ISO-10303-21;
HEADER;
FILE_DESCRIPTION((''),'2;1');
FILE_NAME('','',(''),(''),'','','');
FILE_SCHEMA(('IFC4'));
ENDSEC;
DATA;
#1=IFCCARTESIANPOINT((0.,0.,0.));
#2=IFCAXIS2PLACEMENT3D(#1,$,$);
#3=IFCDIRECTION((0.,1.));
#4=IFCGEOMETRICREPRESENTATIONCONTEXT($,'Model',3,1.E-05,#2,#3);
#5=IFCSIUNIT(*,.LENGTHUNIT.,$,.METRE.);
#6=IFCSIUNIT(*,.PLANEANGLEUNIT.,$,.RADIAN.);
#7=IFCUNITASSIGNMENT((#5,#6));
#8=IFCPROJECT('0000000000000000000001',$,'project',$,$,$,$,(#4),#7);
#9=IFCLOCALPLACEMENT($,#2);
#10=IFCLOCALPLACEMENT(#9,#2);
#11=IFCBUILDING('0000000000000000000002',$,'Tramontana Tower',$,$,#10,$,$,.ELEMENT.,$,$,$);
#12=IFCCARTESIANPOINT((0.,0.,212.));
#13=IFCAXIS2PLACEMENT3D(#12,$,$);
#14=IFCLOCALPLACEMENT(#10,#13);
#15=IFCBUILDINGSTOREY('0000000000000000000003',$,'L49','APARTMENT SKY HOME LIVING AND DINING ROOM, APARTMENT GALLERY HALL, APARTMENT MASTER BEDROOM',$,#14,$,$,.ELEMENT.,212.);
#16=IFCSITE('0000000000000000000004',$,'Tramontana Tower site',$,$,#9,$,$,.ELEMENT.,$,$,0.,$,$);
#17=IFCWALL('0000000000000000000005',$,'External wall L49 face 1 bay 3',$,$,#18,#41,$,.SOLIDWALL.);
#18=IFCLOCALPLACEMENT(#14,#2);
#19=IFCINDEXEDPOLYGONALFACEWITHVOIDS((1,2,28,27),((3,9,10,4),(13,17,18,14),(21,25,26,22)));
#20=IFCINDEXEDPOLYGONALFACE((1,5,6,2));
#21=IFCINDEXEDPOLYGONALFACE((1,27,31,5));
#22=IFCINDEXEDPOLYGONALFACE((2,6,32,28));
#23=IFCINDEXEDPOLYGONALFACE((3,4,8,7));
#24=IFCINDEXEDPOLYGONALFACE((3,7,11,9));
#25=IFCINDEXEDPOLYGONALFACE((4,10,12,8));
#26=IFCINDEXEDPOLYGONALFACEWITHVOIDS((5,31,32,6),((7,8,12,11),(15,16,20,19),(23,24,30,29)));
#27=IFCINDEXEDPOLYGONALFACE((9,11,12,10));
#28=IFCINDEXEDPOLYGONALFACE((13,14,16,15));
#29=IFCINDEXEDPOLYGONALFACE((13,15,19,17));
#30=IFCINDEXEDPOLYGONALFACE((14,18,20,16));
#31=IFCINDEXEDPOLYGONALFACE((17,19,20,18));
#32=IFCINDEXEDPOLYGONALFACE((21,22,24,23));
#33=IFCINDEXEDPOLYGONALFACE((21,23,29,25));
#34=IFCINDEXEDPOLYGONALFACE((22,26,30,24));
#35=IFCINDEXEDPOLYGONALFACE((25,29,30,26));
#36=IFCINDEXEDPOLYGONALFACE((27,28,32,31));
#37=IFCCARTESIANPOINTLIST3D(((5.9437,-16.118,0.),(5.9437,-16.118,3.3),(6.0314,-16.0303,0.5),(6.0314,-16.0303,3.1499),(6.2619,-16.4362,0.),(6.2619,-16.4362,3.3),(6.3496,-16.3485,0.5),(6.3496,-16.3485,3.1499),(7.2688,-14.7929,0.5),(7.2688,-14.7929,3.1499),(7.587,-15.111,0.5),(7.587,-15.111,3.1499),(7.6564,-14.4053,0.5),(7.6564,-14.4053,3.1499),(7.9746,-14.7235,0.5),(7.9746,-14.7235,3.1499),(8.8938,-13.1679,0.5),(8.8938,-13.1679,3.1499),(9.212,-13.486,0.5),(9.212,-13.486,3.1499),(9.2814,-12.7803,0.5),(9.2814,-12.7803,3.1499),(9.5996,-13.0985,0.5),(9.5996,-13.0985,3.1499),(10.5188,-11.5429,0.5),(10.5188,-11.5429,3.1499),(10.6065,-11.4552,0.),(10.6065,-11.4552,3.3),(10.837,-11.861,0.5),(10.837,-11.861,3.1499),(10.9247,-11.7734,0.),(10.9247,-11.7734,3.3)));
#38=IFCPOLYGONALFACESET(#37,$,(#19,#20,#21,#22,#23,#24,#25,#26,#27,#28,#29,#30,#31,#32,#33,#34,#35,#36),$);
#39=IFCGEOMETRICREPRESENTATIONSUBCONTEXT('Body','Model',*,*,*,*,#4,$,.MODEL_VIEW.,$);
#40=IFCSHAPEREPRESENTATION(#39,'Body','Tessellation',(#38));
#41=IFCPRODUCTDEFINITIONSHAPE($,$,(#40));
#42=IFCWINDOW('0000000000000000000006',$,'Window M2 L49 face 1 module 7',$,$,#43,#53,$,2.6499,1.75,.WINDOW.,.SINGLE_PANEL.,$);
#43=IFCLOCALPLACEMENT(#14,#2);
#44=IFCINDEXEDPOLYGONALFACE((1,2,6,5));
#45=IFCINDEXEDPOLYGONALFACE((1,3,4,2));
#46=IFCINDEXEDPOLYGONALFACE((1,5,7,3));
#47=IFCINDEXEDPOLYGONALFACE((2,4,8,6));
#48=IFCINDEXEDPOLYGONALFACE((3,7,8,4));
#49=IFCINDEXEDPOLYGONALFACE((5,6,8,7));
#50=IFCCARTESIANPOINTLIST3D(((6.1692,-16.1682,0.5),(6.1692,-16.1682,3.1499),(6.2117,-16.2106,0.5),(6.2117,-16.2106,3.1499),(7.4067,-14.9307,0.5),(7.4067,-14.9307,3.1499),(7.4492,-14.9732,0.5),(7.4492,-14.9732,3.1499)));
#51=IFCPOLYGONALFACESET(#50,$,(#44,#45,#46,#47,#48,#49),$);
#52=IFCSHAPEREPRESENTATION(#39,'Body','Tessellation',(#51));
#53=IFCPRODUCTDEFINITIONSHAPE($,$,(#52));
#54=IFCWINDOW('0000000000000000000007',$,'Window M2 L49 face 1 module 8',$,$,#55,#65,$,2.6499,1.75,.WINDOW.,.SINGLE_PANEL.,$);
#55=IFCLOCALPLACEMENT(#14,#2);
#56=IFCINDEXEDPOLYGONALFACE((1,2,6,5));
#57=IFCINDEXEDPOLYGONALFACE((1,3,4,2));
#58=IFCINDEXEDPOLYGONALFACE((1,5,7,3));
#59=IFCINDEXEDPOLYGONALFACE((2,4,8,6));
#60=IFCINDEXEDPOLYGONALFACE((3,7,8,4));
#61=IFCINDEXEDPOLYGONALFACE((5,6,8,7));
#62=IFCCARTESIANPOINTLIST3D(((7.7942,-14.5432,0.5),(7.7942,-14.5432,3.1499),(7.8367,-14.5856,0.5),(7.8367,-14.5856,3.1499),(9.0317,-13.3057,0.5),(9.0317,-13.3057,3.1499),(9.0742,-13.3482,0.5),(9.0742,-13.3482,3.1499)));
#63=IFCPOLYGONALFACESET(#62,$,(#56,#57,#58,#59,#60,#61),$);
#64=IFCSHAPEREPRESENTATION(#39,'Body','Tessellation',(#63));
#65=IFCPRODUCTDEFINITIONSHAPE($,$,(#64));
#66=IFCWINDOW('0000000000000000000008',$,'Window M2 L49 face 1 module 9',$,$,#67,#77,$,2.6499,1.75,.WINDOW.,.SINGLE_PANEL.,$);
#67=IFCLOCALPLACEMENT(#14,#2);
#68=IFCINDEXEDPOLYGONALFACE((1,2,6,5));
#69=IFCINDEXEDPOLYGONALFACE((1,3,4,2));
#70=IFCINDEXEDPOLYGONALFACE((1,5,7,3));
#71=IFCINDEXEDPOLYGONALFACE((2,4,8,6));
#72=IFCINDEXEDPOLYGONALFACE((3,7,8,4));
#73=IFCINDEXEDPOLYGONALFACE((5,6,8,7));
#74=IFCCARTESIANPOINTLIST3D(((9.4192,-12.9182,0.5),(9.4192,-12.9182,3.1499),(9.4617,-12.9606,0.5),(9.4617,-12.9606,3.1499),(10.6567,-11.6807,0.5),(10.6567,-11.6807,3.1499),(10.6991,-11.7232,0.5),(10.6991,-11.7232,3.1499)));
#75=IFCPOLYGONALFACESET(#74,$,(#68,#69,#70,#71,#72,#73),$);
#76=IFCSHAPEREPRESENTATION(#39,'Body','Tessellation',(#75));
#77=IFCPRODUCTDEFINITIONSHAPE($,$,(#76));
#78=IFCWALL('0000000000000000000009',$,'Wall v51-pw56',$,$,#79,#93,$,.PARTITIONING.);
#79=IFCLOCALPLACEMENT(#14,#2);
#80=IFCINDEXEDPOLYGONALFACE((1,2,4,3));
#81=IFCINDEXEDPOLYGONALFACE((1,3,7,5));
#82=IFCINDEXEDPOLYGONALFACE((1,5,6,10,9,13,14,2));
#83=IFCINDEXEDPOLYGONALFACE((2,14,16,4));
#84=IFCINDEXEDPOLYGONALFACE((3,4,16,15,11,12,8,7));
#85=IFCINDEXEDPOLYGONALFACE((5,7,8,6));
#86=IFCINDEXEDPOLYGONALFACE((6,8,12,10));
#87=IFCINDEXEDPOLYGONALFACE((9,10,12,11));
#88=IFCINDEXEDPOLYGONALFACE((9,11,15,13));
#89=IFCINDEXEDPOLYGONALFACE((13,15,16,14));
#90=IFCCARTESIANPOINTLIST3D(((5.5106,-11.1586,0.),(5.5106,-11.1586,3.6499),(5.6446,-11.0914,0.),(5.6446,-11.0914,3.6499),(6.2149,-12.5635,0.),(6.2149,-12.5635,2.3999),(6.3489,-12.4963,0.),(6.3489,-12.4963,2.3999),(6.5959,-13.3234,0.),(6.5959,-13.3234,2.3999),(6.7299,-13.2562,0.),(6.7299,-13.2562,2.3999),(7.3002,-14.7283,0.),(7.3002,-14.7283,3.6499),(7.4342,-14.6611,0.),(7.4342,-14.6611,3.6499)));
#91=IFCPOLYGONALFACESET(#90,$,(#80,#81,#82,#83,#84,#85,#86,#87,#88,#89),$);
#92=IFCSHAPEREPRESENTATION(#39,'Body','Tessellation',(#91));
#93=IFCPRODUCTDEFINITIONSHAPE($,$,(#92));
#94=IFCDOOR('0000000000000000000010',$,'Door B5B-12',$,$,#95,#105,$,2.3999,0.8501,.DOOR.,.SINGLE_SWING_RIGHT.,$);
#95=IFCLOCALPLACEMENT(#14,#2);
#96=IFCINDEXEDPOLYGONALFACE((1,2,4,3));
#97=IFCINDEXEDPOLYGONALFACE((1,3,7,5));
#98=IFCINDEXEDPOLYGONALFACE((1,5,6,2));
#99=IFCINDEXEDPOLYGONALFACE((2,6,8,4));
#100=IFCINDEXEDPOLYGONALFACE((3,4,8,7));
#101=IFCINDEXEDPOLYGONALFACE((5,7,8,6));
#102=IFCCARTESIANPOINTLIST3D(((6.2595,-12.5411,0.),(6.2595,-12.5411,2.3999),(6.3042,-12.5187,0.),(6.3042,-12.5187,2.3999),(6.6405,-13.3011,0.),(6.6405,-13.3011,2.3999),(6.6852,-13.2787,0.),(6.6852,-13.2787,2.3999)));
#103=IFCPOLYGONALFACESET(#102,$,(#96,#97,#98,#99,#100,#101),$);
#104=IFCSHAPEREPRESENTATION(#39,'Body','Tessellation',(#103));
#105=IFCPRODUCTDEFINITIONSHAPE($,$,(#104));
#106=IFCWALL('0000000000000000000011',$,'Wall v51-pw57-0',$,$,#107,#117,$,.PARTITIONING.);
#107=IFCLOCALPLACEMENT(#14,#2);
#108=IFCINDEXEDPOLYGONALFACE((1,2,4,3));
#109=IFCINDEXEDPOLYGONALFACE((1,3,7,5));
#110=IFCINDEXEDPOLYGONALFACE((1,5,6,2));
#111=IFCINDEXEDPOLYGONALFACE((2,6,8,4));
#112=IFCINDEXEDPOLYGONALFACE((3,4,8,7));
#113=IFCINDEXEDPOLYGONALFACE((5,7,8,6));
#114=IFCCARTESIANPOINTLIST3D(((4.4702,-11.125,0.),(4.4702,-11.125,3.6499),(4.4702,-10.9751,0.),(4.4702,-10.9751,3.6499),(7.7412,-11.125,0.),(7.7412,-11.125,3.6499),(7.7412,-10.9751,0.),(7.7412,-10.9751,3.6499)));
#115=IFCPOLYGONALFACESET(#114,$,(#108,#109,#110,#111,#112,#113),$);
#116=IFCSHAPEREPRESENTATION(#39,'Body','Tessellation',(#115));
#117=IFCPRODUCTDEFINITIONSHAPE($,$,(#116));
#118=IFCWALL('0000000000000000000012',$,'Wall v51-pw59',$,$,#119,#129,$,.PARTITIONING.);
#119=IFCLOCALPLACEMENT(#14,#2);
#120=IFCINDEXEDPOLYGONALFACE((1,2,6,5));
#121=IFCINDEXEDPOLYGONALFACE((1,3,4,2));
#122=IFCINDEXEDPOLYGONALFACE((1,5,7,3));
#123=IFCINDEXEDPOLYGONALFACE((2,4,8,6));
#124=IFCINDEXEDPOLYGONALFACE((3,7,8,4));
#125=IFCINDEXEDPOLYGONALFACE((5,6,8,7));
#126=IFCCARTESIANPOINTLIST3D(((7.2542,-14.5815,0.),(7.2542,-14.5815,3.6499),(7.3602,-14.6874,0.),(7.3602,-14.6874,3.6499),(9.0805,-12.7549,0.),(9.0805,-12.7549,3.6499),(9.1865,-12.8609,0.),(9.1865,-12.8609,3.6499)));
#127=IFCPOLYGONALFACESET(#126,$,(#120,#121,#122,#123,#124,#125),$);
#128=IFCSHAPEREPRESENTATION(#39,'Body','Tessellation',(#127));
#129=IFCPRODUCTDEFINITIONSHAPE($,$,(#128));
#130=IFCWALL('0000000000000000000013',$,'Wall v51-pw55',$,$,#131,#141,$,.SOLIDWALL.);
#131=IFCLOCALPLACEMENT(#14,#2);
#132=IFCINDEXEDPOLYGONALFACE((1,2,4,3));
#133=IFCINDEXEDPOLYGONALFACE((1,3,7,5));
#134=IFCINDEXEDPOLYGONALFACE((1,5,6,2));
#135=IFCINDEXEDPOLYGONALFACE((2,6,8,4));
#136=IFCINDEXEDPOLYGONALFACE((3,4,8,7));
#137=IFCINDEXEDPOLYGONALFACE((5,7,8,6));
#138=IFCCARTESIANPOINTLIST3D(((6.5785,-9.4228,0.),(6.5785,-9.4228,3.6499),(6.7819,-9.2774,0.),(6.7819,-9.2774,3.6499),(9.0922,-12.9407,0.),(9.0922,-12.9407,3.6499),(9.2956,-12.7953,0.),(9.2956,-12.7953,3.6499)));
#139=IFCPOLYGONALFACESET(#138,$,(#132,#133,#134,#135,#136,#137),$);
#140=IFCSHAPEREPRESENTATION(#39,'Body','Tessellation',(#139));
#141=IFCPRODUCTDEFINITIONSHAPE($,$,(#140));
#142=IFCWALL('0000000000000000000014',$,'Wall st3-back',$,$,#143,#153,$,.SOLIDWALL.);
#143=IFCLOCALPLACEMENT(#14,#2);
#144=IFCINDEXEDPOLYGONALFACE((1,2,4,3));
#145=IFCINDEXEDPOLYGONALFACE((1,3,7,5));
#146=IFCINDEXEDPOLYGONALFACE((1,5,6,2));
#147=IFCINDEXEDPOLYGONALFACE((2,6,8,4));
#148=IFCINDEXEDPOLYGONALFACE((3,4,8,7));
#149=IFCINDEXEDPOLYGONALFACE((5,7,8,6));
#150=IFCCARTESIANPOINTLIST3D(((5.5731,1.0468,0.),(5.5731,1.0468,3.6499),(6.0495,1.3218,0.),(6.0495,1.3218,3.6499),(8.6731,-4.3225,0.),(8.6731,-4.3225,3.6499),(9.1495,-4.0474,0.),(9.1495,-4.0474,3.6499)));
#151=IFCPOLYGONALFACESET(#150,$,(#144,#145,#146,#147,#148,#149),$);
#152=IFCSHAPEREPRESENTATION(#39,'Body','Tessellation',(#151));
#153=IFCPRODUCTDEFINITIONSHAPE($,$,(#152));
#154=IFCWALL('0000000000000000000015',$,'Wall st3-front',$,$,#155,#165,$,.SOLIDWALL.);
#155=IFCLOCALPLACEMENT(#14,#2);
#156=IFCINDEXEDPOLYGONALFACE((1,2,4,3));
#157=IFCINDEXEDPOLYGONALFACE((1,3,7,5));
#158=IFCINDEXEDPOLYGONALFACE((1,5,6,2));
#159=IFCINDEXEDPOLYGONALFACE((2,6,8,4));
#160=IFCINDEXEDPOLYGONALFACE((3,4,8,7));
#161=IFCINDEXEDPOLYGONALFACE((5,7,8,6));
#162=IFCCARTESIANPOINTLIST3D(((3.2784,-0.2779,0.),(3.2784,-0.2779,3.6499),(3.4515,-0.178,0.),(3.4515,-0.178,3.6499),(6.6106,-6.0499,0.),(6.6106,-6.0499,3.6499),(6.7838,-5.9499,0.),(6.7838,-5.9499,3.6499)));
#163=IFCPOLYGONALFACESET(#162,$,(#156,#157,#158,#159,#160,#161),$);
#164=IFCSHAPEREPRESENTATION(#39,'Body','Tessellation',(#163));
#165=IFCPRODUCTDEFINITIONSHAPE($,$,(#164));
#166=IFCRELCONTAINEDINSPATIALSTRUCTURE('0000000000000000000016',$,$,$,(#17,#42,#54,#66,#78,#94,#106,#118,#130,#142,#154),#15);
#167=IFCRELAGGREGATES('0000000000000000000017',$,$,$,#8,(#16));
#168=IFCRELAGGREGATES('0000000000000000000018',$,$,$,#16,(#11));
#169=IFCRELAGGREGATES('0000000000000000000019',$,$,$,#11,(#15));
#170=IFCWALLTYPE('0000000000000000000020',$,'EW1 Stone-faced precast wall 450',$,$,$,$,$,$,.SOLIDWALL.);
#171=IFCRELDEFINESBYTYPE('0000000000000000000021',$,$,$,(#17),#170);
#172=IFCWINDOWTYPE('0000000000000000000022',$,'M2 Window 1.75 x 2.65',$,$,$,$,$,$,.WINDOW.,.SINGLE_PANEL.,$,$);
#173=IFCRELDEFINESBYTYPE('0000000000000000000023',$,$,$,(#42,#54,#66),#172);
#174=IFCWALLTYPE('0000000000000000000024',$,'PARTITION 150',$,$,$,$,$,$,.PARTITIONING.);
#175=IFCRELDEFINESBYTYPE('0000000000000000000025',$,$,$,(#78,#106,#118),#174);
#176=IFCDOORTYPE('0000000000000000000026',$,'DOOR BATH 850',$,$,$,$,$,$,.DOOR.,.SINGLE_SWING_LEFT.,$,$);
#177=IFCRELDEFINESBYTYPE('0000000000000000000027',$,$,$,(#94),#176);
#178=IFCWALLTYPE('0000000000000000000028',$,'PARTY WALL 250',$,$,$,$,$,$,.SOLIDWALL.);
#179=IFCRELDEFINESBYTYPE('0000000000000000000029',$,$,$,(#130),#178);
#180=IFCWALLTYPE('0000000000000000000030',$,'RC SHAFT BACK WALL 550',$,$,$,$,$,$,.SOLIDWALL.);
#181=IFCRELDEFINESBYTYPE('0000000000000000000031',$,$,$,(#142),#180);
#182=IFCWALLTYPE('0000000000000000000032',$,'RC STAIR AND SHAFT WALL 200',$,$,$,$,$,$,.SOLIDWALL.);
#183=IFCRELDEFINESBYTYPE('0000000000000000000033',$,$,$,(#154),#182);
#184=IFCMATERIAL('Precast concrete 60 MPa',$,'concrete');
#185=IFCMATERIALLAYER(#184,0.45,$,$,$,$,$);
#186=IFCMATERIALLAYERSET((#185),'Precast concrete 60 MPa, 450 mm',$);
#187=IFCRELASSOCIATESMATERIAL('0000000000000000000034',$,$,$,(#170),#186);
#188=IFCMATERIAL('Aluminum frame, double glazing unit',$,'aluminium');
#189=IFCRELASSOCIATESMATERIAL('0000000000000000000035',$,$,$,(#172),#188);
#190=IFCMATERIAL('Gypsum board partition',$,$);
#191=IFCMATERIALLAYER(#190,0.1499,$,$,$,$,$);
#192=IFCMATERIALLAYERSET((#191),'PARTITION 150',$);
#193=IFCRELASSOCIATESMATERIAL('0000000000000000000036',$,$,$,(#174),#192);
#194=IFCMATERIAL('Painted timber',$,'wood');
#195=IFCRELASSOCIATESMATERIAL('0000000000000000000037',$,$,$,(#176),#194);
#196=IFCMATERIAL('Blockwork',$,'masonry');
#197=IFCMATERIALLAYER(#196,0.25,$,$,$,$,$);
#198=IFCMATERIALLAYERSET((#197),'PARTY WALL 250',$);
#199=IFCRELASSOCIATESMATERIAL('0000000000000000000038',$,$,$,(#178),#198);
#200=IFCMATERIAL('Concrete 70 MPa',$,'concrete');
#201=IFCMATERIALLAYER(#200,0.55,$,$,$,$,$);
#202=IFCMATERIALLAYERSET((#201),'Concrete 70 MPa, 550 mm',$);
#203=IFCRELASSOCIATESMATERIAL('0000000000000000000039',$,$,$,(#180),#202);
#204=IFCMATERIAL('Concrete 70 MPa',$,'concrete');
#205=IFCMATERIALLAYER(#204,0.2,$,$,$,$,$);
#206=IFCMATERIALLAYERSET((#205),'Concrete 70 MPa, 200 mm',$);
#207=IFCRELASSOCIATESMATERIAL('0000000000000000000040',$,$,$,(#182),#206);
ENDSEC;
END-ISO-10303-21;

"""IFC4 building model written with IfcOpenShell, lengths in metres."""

from ifc_helpers import new_model, si_unit, direction, frame, frame_2d, origin, place, context, subcontext, project, spatial, rectangle, extrude, material, layer, layer_set, type_object, element, fill, save


model = new_model("IFC4")

# Units and contexts
model_context = context("Model", 3, precision=1e-05, world=origin(), true_north=direction((0.0, 1.0)))
body_context = subcontext(model_context, "Body", "Model", "MODEL_VIEW")
ifc_project = project(units=[si_unit("LENGTHUNIT", "METRE"), si_unit("PLANEANGLEUNIT", "RADIAN")], contexts=[model_context])

# Site, building, storey
site_placement = place(None, origin())
site = spatial("IfcSite", under=ifc_project, at=site_placement, Name="Tramontana Tower site", CompositionType="ELEMENT", RefElevation=0.0)
building_placement = place(site_placement, origin())
building = spatial("IfcBuilding", under=site, at=building_placement, Name="Tramontana Tower", CompositionType="ELEMENT")
storey_placement = place(building_placement, frame((0.0, 0.0, 212.0)))
storey = spatial("IfcBuildingStorey", under=building, at=storey_placement, Name="L49", Description="APARTMENT SKY HOME LIVING AND DINING ROOM, APARTMENT GALLERY HALL, APARTMENT MASTER BEDROOM", CompositionType="ELEMENT", Elevation=212.0)

# Wall, openings, windows
ifc_material_1 = material(Name="Precast concrete 60 MPa", Category="concrete")
ifc_layer_1 = layer(ifc_material_1, 0.45)
ifc_layer_set_1 = layer_set([ifc_layer_1], Name="Precast concrete 60 MPa, 450 mm")
wall_type_1 = type_object("IfcWallType", Name="EW1 Stone-faced precast wall 450", PredefinedType="SOLIDWALL", material=ifc_layer_set_1)
wall_1_placement = place(storey_placement, frame((6.1028, -16.2771, 0.0), z_axis=(0.0, 0.0, 1.0), x_axis=(0.707107, 0.707107, 0.0)))
wall_1 = element("IfcWall", 1, at=wall_1_placement, inside=storey, type_object=wall_type_1, Name="External wall L49 face 1 bay 3", PredefinedType="SOLIDWALL", context=body_context, shape_type="SweptSolid", body=[
    extrude(rectangle(XDim=6.5942, YDim=0.45, at=frame_2d((3.2971, 0.0))), origin(), (0.0, 0.0, 1.0), 3.3),
])
opening_1_placement = place(wall_1_placement, frame((0.124, 0.0, 0.5)))
opening_1 = element("IfcOpeningElement", 2, at=opening_1_placement, cuts=wall_1, PredefinedType="OPENING", context=body_context, shape_type="SweptSolid", body=[
    extrude(rectangle(XDim=1.75, YDim=2.6499, at=frame_2d((0.875, 1.325))), frame((0.0, 0.2349, 0.0), z_axis=(0.0, -1.0, 0.0), x_axis=(1.0, 0.0, 0.0)), (0.0, 0.0, 1.0), 0.47),
])
opening_2_placement = place(wall_1_placement, frame((2.4221, 0.0, 0.5)))
opening_2 = element("IfcOpeningElement", 3, at=opening_2_placement, cuts=wall_1, PredefinedType="OPENING", context=body_context, shape_type="SweptSolid", body=[
    extrude(rectangle(XDim=1.75, YDim=2.6499, at=frame_2d((0.875, 1.325))), frame((0.0, 0.2349, 0.0), z_axis=(0.0, -1.0, 0.0), x_axis=(1.0, 0.0, 0.0)), (0.0, 0.0, 1.0), 0.47),
])
opening_3_placement = place(wall_1_placement, frame((4.7202, 0.0, 0.5)))
opening_3 = element("IfcOpeningElement", 4, at=opening_3_placement, cuts=wall_1, PredefinedType="OPENING", context=body_context, shape_type="SweptSolid", body=[
    extrude(rectangle(XDim=1.75, YDim=2.6499, at=frame_2d((0.875, 1.325))), frame((0.0, 0.2349, 0.0), z_axis=(0.0, -1.0, 0.0), x_axis=(1.0, 0.0, 0.0)), (0.0, 0.0, 1.0), 0.47),
])
ifc_material_2 = material(Name="Aluminum frame, double glazing unit", Category="aluminium")
window_type = type_object("IfcWindowType", Name="M2 Window 1.75 x 2.65", PartitioningType="SINGLE_PANEL", PredefinedType="WINDOW", material=ifc_material_2)
window_1_placement = place(opening_1_placement, origin())
window_1 = element("IfcWindow", 5, at=window_1_placement, inside=storey, type_object=window_type, Name="Window M2 L49 face 1 module 7", OverallHeight=2.6499, OverallWidth=1.75, PartitioningType="SINGLE_PANEL", PredefinedType="WINDOW", context=body_context, shape_type="SweptSolid", body=[
    extrude(rectangle(XDim=1.75, YDim=2.6499, at=frame_2d((0.875, 1.325))), frame((0.0, 0.03, 0.0), z_axis=(0.0, -1.0, 0.0), x_axis=(1.0, 0.0, 0.0)), (0.0, 0.0, 1.0), 0.0601),
])
fill(opening_1, window_1)
window_2_placement = place(opening_2_placement, origin())
window_2 = element("IfcWindow", 6, at=window_2_placement, inside=storey, type_object=window_type, Name="Window M2 L49 face 1 module 8", OverallHeight=2.6499, OverallWidth=1.75, PartitioningType="SINGLE_PANEL", PredefinedType="WINDOW", context=body_context, shape_type="SweptSolid", body=[
    extrude(rectangle(XDim=1.75, YDim=2.6499, at=frame_2d((0.875, 1.325))), frame((0.0, 0.03, 0.0), z_axis=(0.0, -1.0, 0.0), x_axis=(1.0, 0.0, 0.0)), (0.0, 0.0, 1.0), 0.0601),
])
fill(opening_2, window_2)
window_3_placement = place(opening_3_placement, origin())
window_3 = element("IfcWindow", 7, at=window_3_placement, inside=storey, type_object=window_type, Name="Window M2 L49 face 1 module 9", OverallHeight=2.6499, OverallWidth=1.75, PartitioningType="SINGLE_PANEL", PredefinedType="WINDOW", context=body_context, shape_type="SweptSolid", body=[
    extrude(rectangle(XDim=1.75, YDim=2.6499, at=frame_2d((0.875, 1.325))), frame((0.0, 0.03, 0.0), z_axis=(0.0, -1.0, 0.0), x_axis=(1.0, 0.0, 0.0)), (0.0, 0.0, 1.0), 0.0601),
])
fill(opening_3, window_3)

# Wall, opening, door
ifc_material_3 = material(Name="Gypsum board partition")
ifc_layer_2 = layer(ifc_material_3, 0.1499)
ifc_layer_set_2 = layer_set([ifc_layer_2], Name="PARTITION 150")
wall_type_2 = type_object("IfcWallType", Name="PARTITION 150", PredefinedType="PARTITIONING", material=ifc_layer_set_2)
wall_2_placement = place(storey_placement, frame((5.5776, -11.125, 0.0), z_axis=(0.0, 0.0, 1.0), x_axis=(0.448167, -0.89395, 0.0)))
wall_2 = element("IfcWall", 8, at=wall_2_placement, inside=storey, type_object=wall_type_2, Name="Wall v51-pw56", PredefinedType="PARTITIONING", context=body_context, shape_type="SweptSolid", body=[
    extrude(rectangle(XDim=3.9932, YDim=0.1499, at=frame_2d((1.9966, 0.0))), origin(), (0.0, 0.0, 1.0), 3.6499),
])
opening_4_placement = place(wall_2_placement, frame((1.5715, 0.0, 0.0)))
opening_4 = element("IfcOpeningElement", 9, at=opening_4_placement, cuts=wall_2, PredefinedType="OPENING", context=body_context, shape_type="SweptSolid", body=[
    extrude(rectangle(XDim=0.8501, YDim=2.3999, at=frame_2d((0.425, 1.2))), frame((0.0, 0.085, 0.0), z_axis=(0.0, -1.0, 0.0), x_axis=(1.0, 0.0, 0.0)), (0.0, 0.0, 1.0), 0.1699),
])
ifc_material_4 = material(Name="Painted timber", Category="wood")
door_type_1 = type_object("IfcDoorType", Name="DOOR BATH 850", OperationType="SINGLE_SWING_LEFT", PredefinedType="DOOR", material=ifc_material_4)
door_1_placement = place(opening_4_placement, origin())
door_1 = element("IfcDoor", 10, at=door_1_placement, inside=storey, type_object=door_type_1, Name="Door B5B-12", OperationType="SINGLE_SWING_RIGHT", OverallHeight=2.3999, OverallWidth=0.8501, PredefinedType="DOOR", context=body_context, shape_type="SweptSolid", body=[
    extrude(rectangle(XDim=0.8501, YDim=2.3999, at=frame_2d((0.425, 1.2))), frame((0.0, 0.0249, 0.0), z_axis=(0.0, -1.0, 0.0), x_axis=(1.0, 0.0, 0.0)), (0.0, 0.0, 1.0), 0.05),
])
fill(opening_4, door_1)

# Walls
wall_3_placement = place(storey_placement, frame((7.7412, -11.05, 0.0), z_axis=(0.0, 0.0, 1.0), x_axis=(-1.0, 0.0, 0.0)))
element("IfcWall", 11, at=wall_3_placement, inside=storey, type_object=wall_type_2, Name="Wall v51-pw57-0", PredefinedType="PARTITIONING", context=body_context, shape_type="SweptSolid", body=[
    extrude(rectangle(XDim=3.271, YDim=0.1499, at=frame_2d((1.6355, 0.0))), origin(), (0.0, 0.0, 1.0), 3.6499),
])
wall_4_placement = place(storey_placement, frame((9.1335, -12.8079, 0.0), z_axis=(0.0, 0.0, 1.0), x_axis=(-0.70706, -0.707154, 0.0)))
element("IfcWall", 12, at=wall_4_placement, inside=storey, type_object=wall_type_2, Name="Wall v51-pw59", PredefinedType="PARTITIONING", context=body_context, shape_type="SweptSolid", body=[
    extrude(rectangle(XDim=2.583, YDim=0.1499, at=frame_2d((1.2915, 0.0))), origin(), (0.0, 0.0, 1.0), 3.6499),
])
ifc_material_5 = material(Name="Blockwork", Category="masonry")
ifc_layer_3 = layer(ifc_material_5, 0.25)
ifc_layer_set_3 = layer_set([ifc_layer_3], Name="PARTY WALL 250")
wall_type_3 = type_object("IfcWallType", Name="PARTY WALL 250", PredefinedType="SOLIDWALL", material=ifc_layer_set_3)
wall_5_placement = place(storey_placement, frame((6.6802, -9.3501, 0.0), z_axis=(0.0, 0.0, 1.0), x_axis=(0.581382, -0.81363, 0.0)))
element("IfcWall", 13, at=wall_5_placement, inside=storey, type_object=wall_type_3, Name="Wall v51-pw55", PredefinedType="SOLIDWALL", context=body_context, shape_type="SweptSolid", body=[
    extrude(rectangle(XDim=4.3237, YDim=0.25, at=frame_2d((2.1619, 0.0))), origin(), (0.0, 0.0, 1.0), 3.6499),
])
ifc_material_6 = material(Name="Concrete 70 MPa", Category="concrete")
ifc_layer_4 = layer(ifc_material_6, 0.55)
ifc_layer_set_4 = layer_set([ifc_layer_4], Name="Concrete 70 MPa, 550 mm")
wall_type_4 = type_object("IfcWallType", Name="RC SHAFT BACK WALL 550", PredefinedType="SOLIDWALL", material=ifc_layer_set_4)
wall_6_placement = place(storey_placement, frame((8.9114, -4.1851, 0.0), z_axis=(0.0, 0.0, 1.0), x_axis=(-0.50001, 0.86602, 0.0)))
element("IfcWall", 14, at=wall_6_placement, inside=storey, type_object=wall_type_4, Name="Wall st3-back", PredefinedType="SOLIDWALL", context=body_context, shape_type="SweptSolid", body=[
    extrude(rectangle(XDim=6.2, YDim=0.55, at=frame_2d((3.1001, 0.0))), origin(), (0.0, 0.0, 1.0), 3.6499),
])
ifc_material_7 = material(Name="Concrete 70 MPa", Category="concrete")
ifc_layer_5 = layer(ifc_material_7, 0.2)
ifc_layer_set_5 = layer_set([ifc_layer_5], Name="Concrete 70 MPa, 200 mm")
wall_type_5 = type_object("IfcWallType", Name="RC STAIR AND SHAFT WALL 200", PredefinedType="SOLIDWALL", material=ifc_layer_set_5)
wall_7_placement = place(storey_placement, frame((6.6973, -6.0, 0.0), z_axis=(0.0, 0.0, 1.0), x_axis=(-0.49998, 0.866037, 0.0)))
element("IfcWall", 15, at=wall_7_placement, inside=storey, type_object=wall_type_5, Name="Wall st3-front", PredefinedType="SOLIDWALL", context=body_context, shape_type="SweptSolid", body=[
    extrude(rectangle(XDim=6.6648, YDim=0.2, at=frame_2d((3.3325, 0.0))), origin(), (0.0, 0.0, 1.0), 3.6499),
])

save(model, "model.ifc")
